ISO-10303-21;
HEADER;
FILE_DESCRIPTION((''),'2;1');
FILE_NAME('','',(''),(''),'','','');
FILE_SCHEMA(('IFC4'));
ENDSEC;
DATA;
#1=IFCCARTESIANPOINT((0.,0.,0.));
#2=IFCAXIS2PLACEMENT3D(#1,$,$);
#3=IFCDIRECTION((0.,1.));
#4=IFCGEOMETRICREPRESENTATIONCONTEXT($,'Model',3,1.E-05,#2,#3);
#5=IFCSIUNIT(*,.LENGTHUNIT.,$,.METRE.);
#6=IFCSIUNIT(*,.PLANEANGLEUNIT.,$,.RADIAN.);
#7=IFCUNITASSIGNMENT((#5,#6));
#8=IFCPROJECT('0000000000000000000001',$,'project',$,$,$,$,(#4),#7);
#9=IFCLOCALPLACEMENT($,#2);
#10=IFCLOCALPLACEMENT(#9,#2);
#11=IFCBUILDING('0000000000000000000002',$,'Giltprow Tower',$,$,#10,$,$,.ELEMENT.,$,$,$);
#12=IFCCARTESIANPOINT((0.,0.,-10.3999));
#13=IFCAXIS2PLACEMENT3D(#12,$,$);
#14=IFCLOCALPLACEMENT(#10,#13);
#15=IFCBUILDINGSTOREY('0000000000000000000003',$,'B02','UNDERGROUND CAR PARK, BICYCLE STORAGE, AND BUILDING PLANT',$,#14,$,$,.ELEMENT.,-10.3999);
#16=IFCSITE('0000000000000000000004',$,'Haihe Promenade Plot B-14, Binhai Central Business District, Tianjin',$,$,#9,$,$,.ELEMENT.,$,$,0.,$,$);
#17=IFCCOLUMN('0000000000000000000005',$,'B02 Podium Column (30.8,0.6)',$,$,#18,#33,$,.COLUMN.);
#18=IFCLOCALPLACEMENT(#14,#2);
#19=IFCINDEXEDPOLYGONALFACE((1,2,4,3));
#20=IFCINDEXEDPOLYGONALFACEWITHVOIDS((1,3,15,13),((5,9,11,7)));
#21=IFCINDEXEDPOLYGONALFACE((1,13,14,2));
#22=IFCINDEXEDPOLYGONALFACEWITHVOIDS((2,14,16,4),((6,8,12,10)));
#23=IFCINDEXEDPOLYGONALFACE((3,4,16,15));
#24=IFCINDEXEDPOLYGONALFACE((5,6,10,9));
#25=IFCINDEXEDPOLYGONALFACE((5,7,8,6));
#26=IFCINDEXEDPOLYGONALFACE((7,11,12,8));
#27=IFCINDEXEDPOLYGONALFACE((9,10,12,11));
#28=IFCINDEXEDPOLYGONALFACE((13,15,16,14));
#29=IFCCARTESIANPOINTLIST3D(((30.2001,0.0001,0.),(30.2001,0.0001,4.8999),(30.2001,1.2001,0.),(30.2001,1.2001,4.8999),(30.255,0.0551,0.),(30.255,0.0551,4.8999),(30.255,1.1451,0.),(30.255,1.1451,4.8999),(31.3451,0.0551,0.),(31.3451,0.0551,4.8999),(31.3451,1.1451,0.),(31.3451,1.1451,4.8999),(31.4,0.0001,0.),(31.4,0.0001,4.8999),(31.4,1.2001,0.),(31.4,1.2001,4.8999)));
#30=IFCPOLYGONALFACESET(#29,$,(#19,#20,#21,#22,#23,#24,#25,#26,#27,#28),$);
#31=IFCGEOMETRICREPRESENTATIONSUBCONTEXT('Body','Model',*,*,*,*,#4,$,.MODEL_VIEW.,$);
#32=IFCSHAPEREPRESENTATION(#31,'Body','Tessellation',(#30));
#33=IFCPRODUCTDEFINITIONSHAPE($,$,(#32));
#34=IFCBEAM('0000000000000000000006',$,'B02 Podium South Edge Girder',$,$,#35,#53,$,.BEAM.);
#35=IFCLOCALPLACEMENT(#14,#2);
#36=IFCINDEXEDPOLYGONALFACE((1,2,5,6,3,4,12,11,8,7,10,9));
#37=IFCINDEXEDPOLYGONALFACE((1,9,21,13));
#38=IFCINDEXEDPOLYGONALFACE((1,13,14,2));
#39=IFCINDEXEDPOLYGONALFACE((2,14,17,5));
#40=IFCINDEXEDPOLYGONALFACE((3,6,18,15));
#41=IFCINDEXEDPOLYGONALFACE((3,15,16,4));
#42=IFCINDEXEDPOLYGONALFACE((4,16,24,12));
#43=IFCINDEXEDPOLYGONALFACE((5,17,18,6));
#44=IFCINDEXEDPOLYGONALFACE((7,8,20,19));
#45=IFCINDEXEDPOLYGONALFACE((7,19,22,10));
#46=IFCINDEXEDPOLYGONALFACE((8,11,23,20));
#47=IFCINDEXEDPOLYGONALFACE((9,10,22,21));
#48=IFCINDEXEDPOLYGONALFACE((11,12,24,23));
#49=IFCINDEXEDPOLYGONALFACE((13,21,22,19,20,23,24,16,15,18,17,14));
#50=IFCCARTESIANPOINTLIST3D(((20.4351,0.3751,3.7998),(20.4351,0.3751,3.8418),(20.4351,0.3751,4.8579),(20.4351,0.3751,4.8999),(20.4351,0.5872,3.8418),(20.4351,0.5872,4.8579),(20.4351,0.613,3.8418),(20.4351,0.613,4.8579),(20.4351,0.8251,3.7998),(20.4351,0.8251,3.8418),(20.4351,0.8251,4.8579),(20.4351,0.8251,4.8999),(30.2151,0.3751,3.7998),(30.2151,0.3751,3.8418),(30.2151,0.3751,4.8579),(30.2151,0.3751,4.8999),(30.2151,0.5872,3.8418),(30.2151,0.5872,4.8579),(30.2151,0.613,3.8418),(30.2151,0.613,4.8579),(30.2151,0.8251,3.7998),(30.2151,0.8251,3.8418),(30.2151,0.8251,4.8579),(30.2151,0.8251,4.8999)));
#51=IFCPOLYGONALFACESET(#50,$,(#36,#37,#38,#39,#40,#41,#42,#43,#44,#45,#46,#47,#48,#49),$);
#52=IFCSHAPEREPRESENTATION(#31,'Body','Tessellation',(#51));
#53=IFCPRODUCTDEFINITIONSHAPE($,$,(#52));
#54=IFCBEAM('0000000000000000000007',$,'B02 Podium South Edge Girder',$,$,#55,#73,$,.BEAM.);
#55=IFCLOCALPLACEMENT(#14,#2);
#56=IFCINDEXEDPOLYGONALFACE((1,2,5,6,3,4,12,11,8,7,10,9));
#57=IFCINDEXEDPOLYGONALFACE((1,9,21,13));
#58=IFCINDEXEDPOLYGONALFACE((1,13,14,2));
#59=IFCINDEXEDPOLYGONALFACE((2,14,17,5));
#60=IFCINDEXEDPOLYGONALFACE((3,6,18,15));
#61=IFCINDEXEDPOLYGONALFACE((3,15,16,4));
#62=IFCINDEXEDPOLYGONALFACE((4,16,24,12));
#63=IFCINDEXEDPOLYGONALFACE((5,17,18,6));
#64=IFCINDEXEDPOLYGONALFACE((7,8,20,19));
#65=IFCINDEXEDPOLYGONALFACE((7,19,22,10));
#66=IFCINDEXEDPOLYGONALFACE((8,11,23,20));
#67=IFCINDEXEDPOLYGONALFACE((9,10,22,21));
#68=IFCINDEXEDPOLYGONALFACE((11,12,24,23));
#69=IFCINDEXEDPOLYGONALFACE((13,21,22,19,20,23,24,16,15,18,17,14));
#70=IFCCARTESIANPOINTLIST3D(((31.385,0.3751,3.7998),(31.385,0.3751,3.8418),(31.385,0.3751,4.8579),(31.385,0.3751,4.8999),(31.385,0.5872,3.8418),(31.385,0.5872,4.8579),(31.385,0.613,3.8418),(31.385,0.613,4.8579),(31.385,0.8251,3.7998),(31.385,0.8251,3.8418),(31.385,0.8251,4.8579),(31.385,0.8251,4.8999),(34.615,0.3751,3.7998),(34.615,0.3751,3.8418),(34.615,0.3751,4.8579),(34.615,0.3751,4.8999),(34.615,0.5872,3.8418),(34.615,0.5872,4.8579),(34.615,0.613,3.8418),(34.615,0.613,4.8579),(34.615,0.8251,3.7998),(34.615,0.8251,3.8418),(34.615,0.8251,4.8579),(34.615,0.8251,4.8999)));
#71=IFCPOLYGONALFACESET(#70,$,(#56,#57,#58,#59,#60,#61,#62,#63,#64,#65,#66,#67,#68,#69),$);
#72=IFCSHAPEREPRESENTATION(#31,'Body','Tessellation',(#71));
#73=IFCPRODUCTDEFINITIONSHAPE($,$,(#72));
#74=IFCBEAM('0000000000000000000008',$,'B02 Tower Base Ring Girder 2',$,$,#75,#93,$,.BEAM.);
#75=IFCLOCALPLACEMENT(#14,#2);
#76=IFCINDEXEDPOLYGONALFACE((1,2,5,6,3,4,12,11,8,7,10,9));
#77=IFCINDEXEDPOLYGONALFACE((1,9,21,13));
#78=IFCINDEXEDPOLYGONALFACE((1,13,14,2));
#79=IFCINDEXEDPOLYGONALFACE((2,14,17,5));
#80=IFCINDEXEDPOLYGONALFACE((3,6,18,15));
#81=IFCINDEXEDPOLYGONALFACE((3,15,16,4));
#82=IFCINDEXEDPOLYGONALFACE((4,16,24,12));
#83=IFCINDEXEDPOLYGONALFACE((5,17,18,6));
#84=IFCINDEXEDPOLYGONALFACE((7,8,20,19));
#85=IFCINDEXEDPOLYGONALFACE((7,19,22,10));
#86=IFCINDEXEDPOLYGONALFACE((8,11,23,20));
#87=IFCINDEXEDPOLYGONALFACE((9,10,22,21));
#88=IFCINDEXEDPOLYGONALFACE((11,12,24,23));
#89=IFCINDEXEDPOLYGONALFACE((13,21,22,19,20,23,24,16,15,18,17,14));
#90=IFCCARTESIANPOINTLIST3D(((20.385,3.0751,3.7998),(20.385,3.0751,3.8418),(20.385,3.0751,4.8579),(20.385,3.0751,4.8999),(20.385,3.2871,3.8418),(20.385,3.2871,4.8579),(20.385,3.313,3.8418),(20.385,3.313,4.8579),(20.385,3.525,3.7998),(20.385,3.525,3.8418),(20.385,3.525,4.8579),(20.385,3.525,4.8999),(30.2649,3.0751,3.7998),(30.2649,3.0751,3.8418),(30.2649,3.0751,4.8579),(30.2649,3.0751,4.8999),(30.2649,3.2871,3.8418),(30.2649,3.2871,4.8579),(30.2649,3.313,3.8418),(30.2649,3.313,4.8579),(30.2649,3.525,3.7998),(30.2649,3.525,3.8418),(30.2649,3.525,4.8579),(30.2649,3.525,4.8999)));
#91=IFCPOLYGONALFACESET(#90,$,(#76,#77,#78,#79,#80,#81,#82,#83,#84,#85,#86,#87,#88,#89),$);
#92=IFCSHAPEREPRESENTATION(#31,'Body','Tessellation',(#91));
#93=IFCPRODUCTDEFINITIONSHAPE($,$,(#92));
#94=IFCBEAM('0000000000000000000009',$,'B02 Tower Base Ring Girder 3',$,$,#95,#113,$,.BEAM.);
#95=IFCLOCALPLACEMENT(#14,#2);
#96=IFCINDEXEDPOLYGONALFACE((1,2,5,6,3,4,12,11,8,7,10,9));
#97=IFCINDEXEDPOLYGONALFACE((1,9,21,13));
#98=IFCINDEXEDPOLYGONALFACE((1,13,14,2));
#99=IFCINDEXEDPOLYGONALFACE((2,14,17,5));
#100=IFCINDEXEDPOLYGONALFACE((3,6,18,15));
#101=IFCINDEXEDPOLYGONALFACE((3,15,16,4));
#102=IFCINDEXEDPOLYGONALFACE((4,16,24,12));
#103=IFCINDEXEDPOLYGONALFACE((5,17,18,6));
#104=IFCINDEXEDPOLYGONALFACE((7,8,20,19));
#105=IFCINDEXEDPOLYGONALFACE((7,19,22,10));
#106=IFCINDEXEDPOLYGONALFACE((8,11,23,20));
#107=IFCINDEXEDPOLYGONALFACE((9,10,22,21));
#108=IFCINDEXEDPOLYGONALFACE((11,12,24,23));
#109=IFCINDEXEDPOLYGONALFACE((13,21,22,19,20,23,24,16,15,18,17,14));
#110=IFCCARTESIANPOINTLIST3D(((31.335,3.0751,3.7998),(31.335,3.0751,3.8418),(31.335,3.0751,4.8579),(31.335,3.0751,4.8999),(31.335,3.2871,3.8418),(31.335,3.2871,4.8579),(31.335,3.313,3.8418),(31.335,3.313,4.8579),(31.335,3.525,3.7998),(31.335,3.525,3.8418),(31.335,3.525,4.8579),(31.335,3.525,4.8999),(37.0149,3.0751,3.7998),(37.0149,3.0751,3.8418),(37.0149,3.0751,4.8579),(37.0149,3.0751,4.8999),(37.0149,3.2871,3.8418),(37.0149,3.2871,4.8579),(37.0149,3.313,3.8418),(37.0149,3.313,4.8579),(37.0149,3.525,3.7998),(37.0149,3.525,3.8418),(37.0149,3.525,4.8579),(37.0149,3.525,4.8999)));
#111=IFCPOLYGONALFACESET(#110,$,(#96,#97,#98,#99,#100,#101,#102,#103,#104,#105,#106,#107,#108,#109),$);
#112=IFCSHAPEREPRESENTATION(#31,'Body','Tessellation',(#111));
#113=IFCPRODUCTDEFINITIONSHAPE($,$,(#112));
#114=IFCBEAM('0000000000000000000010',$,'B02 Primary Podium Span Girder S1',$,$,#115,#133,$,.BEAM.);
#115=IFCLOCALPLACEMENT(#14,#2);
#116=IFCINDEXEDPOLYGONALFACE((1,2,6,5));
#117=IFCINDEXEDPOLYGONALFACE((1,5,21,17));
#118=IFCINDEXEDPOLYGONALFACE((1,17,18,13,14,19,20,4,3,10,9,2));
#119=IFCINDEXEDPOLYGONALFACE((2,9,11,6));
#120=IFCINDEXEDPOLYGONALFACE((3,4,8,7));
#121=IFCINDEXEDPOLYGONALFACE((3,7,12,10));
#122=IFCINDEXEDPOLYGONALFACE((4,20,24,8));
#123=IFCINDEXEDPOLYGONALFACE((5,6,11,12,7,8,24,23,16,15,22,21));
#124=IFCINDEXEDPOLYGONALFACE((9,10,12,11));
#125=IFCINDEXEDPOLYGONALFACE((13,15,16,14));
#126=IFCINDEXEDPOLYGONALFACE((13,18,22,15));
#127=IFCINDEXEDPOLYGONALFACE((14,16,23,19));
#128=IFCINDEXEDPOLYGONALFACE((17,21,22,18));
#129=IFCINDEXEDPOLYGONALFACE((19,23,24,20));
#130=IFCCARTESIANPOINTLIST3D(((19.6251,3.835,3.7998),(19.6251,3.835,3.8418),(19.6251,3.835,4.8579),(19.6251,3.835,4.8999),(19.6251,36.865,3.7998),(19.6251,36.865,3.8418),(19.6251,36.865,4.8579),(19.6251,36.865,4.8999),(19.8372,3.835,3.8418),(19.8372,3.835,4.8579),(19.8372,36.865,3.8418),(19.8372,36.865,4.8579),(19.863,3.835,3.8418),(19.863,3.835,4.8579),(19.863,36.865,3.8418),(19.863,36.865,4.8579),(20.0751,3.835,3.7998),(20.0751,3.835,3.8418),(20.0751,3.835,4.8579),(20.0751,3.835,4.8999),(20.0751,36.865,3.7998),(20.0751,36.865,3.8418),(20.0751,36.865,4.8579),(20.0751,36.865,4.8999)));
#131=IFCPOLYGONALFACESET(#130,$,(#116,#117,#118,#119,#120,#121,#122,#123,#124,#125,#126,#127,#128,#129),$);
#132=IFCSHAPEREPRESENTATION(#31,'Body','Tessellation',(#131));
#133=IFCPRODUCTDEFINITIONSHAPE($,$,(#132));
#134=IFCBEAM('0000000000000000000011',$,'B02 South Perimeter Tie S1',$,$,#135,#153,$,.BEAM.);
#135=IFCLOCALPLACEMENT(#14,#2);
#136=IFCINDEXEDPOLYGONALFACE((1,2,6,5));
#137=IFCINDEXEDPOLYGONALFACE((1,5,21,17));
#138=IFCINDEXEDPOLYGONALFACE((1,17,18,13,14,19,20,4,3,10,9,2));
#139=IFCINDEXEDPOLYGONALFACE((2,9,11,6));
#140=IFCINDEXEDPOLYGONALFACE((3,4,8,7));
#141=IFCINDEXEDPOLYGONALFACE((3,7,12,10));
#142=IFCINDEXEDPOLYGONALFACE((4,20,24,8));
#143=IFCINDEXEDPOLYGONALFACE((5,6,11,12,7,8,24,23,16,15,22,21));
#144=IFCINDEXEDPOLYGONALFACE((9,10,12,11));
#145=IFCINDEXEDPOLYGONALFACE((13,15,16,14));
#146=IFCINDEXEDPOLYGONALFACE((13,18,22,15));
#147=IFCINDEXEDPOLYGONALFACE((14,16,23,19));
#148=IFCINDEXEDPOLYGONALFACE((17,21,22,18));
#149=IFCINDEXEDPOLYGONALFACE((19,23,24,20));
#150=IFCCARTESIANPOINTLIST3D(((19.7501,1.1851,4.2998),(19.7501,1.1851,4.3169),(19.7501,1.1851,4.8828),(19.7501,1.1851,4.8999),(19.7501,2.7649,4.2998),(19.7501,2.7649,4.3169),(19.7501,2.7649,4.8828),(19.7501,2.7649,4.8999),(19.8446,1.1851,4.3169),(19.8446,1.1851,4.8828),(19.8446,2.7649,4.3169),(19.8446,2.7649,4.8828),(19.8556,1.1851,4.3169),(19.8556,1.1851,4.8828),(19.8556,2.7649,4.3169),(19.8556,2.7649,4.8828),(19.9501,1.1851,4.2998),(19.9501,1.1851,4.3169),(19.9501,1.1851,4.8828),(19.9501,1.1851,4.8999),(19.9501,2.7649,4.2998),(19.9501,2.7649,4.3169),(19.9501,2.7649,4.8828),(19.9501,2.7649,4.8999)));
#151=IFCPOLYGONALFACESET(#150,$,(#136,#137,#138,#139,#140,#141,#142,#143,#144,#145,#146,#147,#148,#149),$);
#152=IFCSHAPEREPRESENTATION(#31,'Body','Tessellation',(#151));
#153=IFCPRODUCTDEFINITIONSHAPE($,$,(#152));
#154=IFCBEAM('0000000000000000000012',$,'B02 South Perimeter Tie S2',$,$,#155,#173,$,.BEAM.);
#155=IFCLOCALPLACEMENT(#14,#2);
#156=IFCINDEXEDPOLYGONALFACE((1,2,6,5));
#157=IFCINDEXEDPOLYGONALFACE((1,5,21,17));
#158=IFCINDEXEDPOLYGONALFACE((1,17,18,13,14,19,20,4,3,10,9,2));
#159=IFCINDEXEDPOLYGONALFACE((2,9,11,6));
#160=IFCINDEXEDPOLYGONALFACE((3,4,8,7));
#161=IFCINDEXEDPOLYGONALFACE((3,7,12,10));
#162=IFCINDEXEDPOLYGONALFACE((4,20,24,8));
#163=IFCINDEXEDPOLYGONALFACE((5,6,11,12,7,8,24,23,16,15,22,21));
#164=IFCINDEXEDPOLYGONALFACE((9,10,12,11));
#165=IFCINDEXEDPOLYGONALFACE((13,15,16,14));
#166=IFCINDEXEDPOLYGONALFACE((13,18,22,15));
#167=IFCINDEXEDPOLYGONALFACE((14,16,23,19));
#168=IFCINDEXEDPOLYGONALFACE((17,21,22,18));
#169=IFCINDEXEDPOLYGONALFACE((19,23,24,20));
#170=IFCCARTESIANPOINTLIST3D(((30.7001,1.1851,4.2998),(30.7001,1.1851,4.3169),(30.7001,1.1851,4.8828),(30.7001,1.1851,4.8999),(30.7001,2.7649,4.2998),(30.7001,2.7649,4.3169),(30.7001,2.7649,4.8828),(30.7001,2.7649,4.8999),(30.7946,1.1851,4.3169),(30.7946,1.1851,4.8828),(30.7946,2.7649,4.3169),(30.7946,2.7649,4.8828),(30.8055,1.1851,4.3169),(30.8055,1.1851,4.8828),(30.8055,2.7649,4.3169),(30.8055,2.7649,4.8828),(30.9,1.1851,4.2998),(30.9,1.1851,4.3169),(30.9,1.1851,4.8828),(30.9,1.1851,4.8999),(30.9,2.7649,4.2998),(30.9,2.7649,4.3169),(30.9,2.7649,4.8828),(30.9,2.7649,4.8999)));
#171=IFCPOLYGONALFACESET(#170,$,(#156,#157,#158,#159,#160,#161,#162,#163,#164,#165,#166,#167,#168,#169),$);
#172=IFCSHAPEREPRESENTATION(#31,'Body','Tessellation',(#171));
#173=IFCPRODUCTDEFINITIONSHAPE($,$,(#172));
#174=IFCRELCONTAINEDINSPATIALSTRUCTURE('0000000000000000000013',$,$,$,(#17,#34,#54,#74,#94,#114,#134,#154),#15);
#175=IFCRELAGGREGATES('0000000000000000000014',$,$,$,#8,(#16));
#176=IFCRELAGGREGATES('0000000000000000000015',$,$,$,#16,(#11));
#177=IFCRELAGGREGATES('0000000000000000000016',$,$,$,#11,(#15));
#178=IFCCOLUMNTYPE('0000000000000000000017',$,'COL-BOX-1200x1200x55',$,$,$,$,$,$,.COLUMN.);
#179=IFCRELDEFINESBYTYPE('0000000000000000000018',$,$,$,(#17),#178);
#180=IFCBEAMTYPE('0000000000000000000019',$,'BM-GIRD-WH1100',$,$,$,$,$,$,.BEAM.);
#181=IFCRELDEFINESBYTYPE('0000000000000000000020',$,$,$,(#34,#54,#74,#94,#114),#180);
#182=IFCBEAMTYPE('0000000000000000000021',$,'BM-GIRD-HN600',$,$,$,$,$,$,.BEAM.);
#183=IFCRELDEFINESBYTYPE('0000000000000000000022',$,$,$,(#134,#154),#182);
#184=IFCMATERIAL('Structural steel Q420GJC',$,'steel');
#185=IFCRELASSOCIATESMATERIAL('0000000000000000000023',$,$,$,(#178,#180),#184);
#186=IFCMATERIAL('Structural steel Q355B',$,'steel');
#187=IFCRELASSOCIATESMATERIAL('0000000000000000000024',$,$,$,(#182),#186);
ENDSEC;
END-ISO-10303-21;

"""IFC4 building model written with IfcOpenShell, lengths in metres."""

from ifc_helpers import new_model, si_unit, direction, frame, origin, origin_2d, place, context, subcontext, project, spatial, hollow_rectangle, i_section, extrude, source, transform, mapped, material, material_profile, profile_set, type_object, element, save


model = new_model("IFC4")

# Units and contexts
model_context = context("Model", 3, precision=1e-05, world=origin(), true_north=direction((0.0, 1.0)))
body_context = subcontext(model_context, "Body", "Model", "MODEL_VIEW")
ifc_project = project(units=[si_unit("LENGTHUNIT", "METRE"), si_unit("PLANEANGLEUNIT", "RADIAN")], contexts=[model_context])

# Site, building, storey
site_placement = place(None, origin())
site = spatial("IfcSite", under=ifc_project, at=site_placement, Name="Haihe Promenade Plot B-14, Binhai Central Business District, Tianjin", CompositionType="ELEMENT", RefElevation=0.0)
building_placement = place(site_placement, origin())
building = spatial("IfcBuilding", under=site, at=building_placement, Name="Giltprow Tower", CompositionType="ELEMENT")
storey_placement = place(building_placement, frame((0.0, 0.0, -10.3999)))
storey = spatial("IfcBuildingStorey", under=building, at=storey_placement, Name="B02", Description="UNDERGROUND CAR PARK, BICYCLE STORAGE, AND BUILDING PLANT", CompositionType="ELEMENT", Elevation=-10.3999)

# Column
ifc_material_1 = material(Name="Structural steel Q420GJC", Category="steel")
ifc_material_profile_1 = material_profile(ifc_material_1, hollow_rectangle(XDim=1.2, YDim=1.2, WallThickness=0.0549, at=origin_2d()), Name="BOX 1200x1200x55")
ifc_profile_set_1 = profile_set([ifc_material_profile_1], Name="Structural steel Q420GJC")
column_type_1 = type_object("IfcColumnType", Name="COL-BOX-1200x1200x55", PredefinedType="COLUMN", material=ifc_profile_set_1)
shared_shape_1 = source(origin(), body_context, "Body", "SweptSolid", [
    extrude(hollow_rectangle(XDim=1.2, YDim=1.2, WallThickness=0.0549, at=origin_2d()), origin(), (0.0, 0.0, 1.0), 4.8999),
])
for number, where, z_axis, x_axis, name in (
    (1, (30.8, 0.6001, 0.0), (0.0, 0.0, 1.0), (1.0, 0.0, 0.0), "B02 Podium Column (30.8,0.6)"),
):
    element("IfcColumn", number, at=place(storey_placement, frame(where, z_axis=z_axis, x_axis=x_axis)), inside=storey, type_object=column_type_1, Name=name, PredefinedType="COLUMN", context=body_context, shape_type="MappedRepresentation", body=[
        mapped(shared_shape_1, transform((0.0, 0.0, 0.0), x_axis=(1.0, 0.0, 0.0), y_axis=(0.0, 1.0, 0.0), z_axis=(0.0, 0.0, 1.0), scale=1.0)),
    ])

# Beams
ifc_material_profile_2 = material_profile(ifc_material_1, i_section(OverallWidth=0.45, OverallDepth=1.1001, WebThickness=0.0259, FlangeThickness=0.042, at=origin_2d()), Name="WH 1100x450x26x42")
ifc_profile_set_2 = profile_set([ifc_material_profile_2], Name="Structural steel Q420GJC")
beam_type_1 = type_object("IfcBeamType", Name="BM-GIRD-WH1100", PredefinedType="BEAM", material=ifc_profile_set_2)
shared_shape_2 = source(origin(), body_context, "Body", "SweptSolid", [
    extrude(i_section(OverallWidth=0.45, OverallDepth=1.1001, WebThickness=0.0259, FlangeThickness=0.042, at=origin_2d()), origin(), (0.0, 0.0, 1.0), 9.78),
])
beam_1_placement = place(storey_placement, frame((20.4351, 0.6001, 4.3499), z_axis=(1.0, 0.0, 0.0), x_axis=(0.0, 1.0, 0.0)))
element("IfcBeam", 2, at=beam_1_placement, inside=storey, type_object=beam_type_1, Name="B02 Podium South Edge Girder", PredefinedType="BEAM", context=body_context, shape_type="MappedRepresentation", body=[
    mapped(shared_shape_2, transform((0.0, 0.0, 0.0), x_axis=(1.0, 0.0, 0.0), y_axis=(0.0, 1.0, 0.0), z_axis=(0.0, 0.0, 1.0), scale=1.0)),
])
shared_shape_3 = source(origin(), body_context, "Body", "SweptSolid", [
    extrude(i_section(OverallWidth=0.45, OverallDepth=1.1001, WebThickness=0.0259, FlangeThickness=0.042, at=origin_2d()), origin(), (0.0, 0.0, 1.0), 3.23),
])
beam_2_placement = place(storey_placement, frame((31.385, 0.6001, 4.3499), z_axis=(1.0, 0.0, 0.0), x_axis=(0.0, 1.0, 0.0)))
element("IfcBeam", 3, at=beam_2_placement, inside=storey, type_object=beam_type_1, Name="B02 Podium South Edge Girder", PredefinedType="BEAM", context=body_context, shape_type="MappedRepresentation", body=[
    mapped(shared_shape_3, transform((0.0, 0.0, 0.0), x_axis=(1.0, 0.0, 0.0), y_axis=(0.0, 1.0, 0.0), z_axis=(0.0, 0.0, 1.0), scale=1.0)),
])
shared_shape_4 = source(origin(), body_context, "Body", "SweptSolid", [
    extrude(i_section(OverallWidth=0.45, OverallDepth=1.1001, WebThickness=0.0259, FlangeThickness=0.042, at=origin_2d()), origin(), (0.0, 0.0, 1.0), 9.8799),
])
beam_3_placement = place(storey_placement, frame((20.385, 3.3, 4.3499), z_axis=(1.0, 0.0, 0.0), x_axis=(0.0, 1.0, 0.0)))
element("IfcBeam", 4, at=beam_3_placement, inside=storey, type_object=beam_type_1, Name="B02 Tower Base Ring Girder 2", PredefinedType="BEAM", context=body_context, shape_type="MappedRepresentation", body=[
    mapped(shared_shape_4, transform((0.0, 0.0, 0.0), x_axis=(1.0, 0.0, 0.0), y_axis=(0.0, 1.0, 0.0), z_axis=(0.0, 0.0, 1.0), scale=1.0)),
])
shared_shape_5 = source(origin(), body_context, "Body", "SweptSolid", [
    extrude(i_section(OverallWidth=0.45, OverallDepth=1.1001, WebThickness=0.0259, FlangeThickness=0.042, at=origin_2d()), origin(), (0.0, 0.0, 1.0), 5.6799),
])
beam_4_placement = place(storey_placement, frame((31.335, 3.3, 4.3499), z_axis=(1.0, 0.0, 0.0), x_axis=(0.0, 1.0, 0.0)))
element("IfcBeam", 5, at=beam_4_placement, inside=storey, type_object=beam_type_1, Name="B02 Tower Base Ring Girder 3", PredefinedType="BEAM", context=body_context, shape_type="MappedRepresentation", body=[
    mapped(shared_shape_5, transform((0.0, 0.0, 0.0), x_axis=(1.0, 0.0, 0.0), y_axis=(0.0, 1.0, 0.0), z_axis=(0.0, 0.0, 1.0), scale=1.0)),
])
shared_shape_6 = source(origin(), body_context, "Body", "SweptSolid", [
    extrude(i_section(OverallWidth=0.45, OverallDepth=1.1001, WebThickness=0.0259, FlangeThickness=0.042, at=origin_2d()), origin(), (0.0, 0.0, 1.0), 33.03),
])
beam_5_placement = place(storey_placement, frame((19.8501, 3.835, 4.3499), z_axis=(0.0, 1.0, 0.0), x_axis=(-1.0, 0.0, 0.0)))
element("IfcBeam", 6, at=beam_5_placement, inside=storey, type_object=beam_type_1, Name="B02 Primary Podium Span Girder S1", PredefinedType="BEAM", context=body_context, shape_type="MappedRepresentation", body=[
    mapped(shared_shape_6, transform((0.0, 0.0, 0.0), x_axis=(1.0, 0.0, 0.0), y_axis=(0.0, 1.0, 0.0), z_axis=(0.0, 0.0, 1.0), scale=1.0)),
])
ifc_material_2 = material(Name="Structural steel Q355B", Category="steel")
ifc_material_profile_3 = material_profile(ifc_material_2, i_section(OverallWidth=0.2, OverallDepth=0.6001, WebThickness=0.011, FlangeThickness=0.0171, at=origin_2d()), Name="HN 600x200x11x17")
ifc_profile_set_3 = profile_set([ifc_material_profile_3], Name="Structural steel Q355B")
beam_type_2 = type_object("IfcBeamType", Name="BM-GIRD-HN600", PredefinedType="BEAM", material=ifc_profile_set_3)
shared_shape_7 = source(origin(), body_context, "Body", "SweptSolid", [
    extrude(i_section(OverallWidth=0.2, OverallDepth=0.6001, WebThickness=0.011, FlangeThickness=0.0171, at=origin_2d()), origin(), (0.0, 0.0, 1.0), 1.5798),
])
for number, where, z_axis, x_axis, name in (
    (7, (19.8501, 1.1851, 4.5999), (0.0, 1.0, 0.0), (-1.0, 0.0, 0.0), "B02 South Perimeter Tie S1"),
    (8, (30.8, 1.1851, 4.5999), (0.0, 1.0, 0.0), (-1.0, 0.0, 0.0), "B02 South Perimeter Tie S2"),
):
    element("IfcBeam", number, at=place(storey_placement, frame(where, z_axis=z_axis, x_axis=x_axis)), inside=storey, type_object=beam_type_2, Name=name, PredefinedType="BEAM", context=body_context, shape_type="MappedRepresentation", body=[
        mapped(shared_shape_7, transform((0.0, 0.0, 0.0), x_axis=(1.0, 0.0, 0.0), y_axis=(0.0, 1.0, 0.0), z_axis=(0.0, 0.0, 1.0), scale=1.0)),
    ])

save(model, "model.ifc")
